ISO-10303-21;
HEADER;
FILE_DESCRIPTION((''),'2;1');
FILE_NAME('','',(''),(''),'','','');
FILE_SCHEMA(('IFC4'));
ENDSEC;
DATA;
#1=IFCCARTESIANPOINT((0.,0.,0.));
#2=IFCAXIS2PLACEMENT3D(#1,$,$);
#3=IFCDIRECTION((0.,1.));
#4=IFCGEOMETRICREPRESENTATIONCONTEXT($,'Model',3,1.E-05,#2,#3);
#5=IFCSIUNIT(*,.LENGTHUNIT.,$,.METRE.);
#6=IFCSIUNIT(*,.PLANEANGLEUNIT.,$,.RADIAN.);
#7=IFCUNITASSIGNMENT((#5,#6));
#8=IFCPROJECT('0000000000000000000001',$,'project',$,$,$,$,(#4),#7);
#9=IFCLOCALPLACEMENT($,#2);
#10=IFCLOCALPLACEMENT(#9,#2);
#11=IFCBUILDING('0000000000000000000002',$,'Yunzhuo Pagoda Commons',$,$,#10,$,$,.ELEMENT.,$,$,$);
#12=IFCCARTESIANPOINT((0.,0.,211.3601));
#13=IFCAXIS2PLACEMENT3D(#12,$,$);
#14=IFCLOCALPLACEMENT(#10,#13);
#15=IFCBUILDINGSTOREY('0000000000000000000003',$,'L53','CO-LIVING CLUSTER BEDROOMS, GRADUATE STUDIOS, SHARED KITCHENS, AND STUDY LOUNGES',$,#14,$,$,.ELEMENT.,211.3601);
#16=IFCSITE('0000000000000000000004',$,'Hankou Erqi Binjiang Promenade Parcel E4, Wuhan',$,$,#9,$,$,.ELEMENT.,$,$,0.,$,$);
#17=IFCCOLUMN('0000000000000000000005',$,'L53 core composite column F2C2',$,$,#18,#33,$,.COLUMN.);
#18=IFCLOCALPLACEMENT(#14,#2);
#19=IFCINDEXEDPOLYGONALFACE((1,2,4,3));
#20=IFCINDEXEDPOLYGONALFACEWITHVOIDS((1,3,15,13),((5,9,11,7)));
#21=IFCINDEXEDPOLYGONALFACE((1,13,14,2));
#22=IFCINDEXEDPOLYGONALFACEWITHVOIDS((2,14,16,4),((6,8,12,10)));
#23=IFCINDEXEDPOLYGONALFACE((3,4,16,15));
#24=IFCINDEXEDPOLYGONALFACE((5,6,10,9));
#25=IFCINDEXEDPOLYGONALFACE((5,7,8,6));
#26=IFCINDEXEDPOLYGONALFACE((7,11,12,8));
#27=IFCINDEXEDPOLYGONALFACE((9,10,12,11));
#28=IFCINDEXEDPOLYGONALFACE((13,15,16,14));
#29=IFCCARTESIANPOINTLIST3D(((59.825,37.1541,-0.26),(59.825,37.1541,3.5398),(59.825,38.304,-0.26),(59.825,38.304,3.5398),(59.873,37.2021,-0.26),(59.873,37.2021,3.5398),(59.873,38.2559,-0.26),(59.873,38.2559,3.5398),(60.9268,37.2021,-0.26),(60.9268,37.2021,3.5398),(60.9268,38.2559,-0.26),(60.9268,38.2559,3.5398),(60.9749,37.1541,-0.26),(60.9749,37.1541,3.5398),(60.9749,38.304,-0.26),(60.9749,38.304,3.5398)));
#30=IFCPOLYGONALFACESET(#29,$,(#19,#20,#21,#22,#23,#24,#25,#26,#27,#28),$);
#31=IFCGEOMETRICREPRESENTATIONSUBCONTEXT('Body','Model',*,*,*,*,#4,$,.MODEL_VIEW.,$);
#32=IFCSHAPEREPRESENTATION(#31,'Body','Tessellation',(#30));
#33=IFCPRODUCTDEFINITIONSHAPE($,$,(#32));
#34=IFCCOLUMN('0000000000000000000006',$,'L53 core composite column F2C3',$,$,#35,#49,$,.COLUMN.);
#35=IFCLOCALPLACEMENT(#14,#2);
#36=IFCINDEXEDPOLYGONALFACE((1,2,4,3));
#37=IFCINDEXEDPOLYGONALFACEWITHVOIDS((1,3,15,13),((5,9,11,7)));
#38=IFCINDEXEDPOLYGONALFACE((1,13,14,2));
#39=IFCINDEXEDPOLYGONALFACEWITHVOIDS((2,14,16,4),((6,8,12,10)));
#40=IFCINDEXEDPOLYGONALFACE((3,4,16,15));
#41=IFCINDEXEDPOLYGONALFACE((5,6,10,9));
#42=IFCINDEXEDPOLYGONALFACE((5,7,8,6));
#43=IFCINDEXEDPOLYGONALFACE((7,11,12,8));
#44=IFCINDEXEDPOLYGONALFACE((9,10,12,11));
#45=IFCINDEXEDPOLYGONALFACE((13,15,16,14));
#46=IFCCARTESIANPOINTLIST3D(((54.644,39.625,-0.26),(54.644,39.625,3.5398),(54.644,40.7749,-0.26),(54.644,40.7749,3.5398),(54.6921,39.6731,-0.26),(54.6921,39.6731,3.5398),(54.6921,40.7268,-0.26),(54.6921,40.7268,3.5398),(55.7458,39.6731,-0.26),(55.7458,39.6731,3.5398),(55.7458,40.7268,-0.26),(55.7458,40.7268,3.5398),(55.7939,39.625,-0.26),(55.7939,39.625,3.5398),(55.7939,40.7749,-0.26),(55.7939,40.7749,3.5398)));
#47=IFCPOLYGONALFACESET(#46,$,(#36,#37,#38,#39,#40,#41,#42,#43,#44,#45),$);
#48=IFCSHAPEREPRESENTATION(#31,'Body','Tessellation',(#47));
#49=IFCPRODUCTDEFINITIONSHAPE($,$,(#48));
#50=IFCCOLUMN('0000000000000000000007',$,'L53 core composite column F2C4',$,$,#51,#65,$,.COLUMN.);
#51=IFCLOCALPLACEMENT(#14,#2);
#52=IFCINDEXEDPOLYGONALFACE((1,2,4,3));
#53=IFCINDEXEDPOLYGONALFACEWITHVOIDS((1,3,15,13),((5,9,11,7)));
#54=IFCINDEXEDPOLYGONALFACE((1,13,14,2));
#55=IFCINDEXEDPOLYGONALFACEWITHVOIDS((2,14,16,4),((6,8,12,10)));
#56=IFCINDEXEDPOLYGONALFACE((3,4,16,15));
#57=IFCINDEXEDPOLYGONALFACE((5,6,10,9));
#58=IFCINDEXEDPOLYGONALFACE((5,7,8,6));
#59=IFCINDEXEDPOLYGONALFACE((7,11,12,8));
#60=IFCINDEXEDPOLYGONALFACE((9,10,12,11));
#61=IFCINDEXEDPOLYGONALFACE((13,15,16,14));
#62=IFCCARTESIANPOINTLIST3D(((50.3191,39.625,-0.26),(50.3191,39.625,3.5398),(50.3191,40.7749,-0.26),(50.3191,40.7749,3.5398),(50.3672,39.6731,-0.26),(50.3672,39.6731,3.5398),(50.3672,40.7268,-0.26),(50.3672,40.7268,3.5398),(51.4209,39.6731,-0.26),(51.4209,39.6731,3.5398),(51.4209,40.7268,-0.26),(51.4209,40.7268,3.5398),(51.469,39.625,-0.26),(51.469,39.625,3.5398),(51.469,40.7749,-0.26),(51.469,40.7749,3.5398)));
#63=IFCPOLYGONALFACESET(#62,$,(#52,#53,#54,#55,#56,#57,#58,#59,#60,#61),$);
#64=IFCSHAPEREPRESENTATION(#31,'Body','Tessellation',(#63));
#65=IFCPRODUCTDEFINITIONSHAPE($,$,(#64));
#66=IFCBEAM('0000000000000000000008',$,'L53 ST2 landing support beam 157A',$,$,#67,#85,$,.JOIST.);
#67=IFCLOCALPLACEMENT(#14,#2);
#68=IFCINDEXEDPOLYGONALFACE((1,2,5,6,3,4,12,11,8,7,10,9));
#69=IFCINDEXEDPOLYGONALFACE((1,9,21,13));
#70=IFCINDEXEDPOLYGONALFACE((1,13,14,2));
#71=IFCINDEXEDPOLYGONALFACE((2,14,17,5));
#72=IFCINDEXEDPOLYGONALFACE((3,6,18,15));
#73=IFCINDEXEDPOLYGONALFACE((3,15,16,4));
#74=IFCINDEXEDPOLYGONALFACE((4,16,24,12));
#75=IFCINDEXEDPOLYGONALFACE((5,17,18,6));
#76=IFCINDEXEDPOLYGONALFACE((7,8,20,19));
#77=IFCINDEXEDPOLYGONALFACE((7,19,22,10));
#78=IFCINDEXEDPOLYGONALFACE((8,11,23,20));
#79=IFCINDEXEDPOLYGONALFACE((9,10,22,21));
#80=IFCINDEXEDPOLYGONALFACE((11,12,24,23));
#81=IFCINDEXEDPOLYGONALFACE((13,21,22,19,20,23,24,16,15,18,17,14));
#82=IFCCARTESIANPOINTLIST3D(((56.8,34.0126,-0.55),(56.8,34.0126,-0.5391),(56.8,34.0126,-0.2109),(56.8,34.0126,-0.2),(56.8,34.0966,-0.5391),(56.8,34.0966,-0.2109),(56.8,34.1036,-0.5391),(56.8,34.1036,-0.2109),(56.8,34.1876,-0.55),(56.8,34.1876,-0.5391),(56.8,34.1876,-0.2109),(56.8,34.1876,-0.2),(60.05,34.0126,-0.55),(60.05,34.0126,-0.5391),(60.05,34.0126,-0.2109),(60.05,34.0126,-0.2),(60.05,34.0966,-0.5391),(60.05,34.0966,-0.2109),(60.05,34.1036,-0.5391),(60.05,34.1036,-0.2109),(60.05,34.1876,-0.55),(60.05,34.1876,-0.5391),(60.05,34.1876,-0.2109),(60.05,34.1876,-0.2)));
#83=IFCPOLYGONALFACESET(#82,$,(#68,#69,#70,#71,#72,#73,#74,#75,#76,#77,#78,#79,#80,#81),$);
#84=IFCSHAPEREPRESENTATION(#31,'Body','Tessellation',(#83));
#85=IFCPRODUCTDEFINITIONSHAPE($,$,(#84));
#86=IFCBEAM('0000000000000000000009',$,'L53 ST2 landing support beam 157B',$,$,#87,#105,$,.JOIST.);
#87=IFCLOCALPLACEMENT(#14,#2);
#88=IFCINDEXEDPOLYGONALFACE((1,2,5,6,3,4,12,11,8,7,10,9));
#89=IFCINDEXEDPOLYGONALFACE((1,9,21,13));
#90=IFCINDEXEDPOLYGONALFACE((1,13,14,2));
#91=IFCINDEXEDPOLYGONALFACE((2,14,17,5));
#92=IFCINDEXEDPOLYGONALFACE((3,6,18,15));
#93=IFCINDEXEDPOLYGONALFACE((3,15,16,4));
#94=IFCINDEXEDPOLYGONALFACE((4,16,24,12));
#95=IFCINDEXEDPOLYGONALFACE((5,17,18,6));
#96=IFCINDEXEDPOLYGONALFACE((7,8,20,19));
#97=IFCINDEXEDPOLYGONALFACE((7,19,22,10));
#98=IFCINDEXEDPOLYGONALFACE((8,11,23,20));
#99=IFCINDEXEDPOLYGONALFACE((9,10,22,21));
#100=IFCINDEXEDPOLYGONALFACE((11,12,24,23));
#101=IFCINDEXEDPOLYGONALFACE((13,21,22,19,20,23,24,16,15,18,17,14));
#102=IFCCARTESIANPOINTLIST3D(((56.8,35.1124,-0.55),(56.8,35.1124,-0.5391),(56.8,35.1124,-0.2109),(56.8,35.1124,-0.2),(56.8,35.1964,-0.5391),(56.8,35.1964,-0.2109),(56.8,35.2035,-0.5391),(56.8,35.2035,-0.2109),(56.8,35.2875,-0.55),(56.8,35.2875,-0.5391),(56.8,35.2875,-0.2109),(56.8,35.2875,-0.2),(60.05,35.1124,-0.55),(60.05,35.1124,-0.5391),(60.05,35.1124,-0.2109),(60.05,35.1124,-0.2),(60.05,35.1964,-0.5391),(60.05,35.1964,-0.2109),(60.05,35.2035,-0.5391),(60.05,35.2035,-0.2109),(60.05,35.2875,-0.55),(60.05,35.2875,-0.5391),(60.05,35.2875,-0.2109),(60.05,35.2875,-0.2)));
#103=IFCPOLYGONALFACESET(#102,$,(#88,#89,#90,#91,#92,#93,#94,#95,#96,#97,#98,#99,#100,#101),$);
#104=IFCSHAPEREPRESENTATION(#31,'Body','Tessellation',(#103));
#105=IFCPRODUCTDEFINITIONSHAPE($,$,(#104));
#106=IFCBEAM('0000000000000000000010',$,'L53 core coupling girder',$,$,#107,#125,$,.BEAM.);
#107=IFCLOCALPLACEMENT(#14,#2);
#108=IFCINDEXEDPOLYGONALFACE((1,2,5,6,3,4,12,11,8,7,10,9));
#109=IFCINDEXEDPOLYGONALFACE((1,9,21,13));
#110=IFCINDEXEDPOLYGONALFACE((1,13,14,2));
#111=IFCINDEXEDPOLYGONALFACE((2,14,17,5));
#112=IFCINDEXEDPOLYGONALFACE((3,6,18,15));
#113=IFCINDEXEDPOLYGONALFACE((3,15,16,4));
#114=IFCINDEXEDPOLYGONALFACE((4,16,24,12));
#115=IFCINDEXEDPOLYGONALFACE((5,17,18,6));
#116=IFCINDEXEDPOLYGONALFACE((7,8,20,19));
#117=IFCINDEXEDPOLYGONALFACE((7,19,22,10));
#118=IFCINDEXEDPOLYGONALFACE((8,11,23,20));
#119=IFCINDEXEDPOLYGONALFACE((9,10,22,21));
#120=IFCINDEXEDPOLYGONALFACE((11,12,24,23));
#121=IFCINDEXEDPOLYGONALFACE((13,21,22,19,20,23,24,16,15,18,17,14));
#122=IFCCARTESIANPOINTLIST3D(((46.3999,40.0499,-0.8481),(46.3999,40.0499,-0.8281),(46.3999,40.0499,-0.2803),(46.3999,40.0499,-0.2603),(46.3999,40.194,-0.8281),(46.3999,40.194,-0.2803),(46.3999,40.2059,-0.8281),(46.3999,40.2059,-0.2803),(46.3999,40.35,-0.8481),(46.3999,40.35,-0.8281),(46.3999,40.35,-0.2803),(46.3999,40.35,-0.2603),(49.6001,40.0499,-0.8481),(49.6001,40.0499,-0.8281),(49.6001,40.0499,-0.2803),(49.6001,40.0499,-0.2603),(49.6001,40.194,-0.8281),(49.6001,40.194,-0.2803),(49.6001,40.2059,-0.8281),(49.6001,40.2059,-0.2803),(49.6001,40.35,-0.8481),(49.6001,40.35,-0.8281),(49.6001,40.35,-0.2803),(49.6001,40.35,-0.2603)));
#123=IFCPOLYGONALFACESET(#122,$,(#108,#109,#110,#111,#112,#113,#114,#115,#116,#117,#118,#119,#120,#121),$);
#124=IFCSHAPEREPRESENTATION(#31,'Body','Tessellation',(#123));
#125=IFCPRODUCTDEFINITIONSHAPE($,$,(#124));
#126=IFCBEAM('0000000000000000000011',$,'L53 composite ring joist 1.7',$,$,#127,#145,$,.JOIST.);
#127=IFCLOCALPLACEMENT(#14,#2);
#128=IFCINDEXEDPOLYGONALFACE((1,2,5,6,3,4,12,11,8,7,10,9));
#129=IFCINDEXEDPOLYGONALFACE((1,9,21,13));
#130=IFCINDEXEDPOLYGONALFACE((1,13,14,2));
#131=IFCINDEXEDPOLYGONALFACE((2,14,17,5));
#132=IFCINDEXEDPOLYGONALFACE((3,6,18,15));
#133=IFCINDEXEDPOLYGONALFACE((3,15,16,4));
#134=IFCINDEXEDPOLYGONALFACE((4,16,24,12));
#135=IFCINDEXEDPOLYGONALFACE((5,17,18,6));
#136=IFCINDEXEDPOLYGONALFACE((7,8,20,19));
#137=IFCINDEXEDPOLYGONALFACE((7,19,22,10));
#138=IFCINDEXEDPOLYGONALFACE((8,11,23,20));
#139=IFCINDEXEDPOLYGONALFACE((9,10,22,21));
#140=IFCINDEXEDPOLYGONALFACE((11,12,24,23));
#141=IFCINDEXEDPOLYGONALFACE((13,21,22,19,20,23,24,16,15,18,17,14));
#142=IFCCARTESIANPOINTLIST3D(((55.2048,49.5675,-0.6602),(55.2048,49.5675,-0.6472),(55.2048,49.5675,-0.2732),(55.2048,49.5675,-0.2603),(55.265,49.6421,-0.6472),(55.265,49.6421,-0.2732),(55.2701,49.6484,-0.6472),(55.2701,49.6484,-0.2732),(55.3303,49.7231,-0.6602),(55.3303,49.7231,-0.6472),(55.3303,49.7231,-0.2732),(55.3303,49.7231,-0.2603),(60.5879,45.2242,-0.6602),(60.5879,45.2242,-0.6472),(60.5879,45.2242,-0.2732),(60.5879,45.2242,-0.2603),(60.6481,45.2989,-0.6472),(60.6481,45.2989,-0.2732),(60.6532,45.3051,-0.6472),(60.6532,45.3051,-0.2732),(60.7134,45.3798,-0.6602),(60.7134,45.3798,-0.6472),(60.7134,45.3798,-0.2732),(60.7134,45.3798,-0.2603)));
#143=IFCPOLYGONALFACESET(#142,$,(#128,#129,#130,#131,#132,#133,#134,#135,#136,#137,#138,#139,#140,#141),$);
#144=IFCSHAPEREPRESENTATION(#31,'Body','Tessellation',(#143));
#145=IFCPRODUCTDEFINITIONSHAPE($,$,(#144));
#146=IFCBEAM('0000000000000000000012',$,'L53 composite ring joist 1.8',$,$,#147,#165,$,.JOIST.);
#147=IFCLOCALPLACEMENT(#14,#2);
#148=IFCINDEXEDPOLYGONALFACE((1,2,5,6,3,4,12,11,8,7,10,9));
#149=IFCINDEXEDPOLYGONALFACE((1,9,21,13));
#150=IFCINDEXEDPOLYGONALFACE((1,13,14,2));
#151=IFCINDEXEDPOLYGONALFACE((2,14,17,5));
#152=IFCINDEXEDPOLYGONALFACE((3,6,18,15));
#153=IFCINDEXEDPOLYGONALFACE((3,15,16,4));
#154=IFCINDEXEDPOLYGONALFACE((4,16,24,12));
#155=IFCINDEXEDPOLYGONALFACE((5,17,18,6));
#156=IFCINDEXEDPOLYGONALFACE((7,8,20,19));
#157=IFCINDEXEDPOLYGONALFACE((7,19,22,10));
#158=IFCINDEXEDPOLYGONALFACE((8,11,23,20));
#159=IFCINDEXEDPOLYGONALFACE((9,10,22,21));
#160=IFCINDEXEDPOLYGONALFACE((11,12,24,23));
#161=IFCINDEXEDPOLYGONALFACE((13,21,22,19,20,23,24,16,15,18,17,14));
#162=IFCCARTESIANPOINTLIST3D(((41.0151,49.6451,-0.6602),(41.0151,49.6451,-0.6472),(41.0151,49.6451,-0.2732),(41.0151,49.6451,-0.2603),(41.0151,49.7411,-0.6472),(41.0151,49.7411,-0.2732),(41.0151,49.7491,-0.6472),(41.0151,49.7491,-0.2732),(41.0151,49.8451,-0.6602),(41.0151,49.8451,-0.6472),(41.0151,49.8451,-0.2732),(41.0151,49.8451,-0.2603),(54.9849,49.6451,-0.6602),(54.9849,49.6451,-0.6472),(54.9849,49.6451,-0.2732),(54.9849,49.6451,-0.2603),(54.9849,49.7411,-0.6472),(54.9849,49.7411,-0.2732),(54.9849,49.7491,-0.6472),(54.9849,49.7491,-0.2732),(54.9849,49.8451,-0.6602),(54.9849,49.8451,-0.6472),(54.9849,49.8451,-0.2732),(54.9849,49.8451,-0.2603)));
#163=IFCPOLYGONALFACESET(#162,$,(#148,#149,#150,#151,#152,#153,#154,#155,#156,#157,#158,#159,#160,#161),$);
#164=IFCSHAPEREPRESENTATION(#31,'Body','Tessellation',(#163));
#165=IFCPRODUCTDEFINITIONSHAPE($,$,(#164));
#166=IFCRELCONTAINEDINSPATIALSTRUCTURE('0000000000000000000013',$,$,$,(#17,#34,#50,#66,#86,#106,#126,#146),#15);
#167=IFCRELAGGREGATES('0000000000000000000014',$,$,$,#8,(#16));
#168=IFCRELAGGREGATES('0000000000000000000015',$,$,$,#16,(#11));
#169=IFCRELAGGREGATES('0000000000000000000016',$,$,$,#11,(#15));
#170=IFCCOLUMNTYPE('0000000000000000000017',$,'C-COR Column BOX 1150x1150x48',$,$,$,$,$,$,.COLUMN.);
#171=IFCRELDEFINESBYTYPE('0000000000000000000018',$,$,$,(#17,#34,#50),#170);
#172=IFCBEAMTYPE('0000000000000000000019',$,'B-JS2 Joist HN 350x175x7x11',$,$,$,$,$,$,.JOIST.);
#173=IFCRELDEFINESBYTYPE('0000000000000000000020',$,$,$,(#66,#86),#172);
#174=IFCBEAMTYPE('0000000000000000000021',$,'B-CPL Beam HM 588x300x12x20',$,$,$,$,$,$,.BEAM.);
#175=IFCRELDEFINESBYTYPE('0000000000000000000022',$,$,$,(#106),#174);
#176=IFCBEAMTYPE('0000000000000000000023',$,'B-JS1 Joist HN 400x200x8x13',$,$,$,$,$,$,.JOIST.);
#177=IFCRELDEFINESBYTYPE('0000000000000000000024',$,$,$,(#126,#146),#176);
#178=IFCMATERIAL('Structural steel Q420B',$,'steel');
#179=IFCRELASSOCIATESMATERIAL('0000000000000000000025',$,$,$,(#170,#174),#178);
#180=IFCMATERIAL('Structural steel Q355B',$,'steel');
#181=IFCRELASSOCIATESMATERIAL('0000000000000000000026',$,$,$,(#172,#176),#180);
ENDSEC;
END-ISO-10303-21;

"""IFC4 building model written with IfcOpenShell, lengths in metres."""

from ifc_helpers import new_model, si_unit, direction, frame, origin, origin_2d, place, context, subcontext, project, spatial, hollow_rectangle, i_section, extrude, source, transform, mapped, material, material_profile, profile_set, type_object, element, save


model = new_model("IFC4")

# Units and contexts
model_context = context("Model", 3, precision=1e-05, world=origin(), true_north=direction((0.0, 1.0)))
body_context = subcontext(model_context, "Body", "Model", "MODEL_VIEW")
ifc_project = project(units=[si_unit("LENGTHUNIT", "METRE"), si_unit("PLANEANGLEUNIT", "RADIAN")], contexts=[model_context])

# Site, building, storey
site_placement = place(None, origin())
site = spatial("IfcSite", under=ifc_project, at=site_placement, Name="Hankou Erqi Binjiang Promenade Parcel E4, Wuhan", CompositionType="ELEMENT", RefElevation=0.0)
building_placement = place(site_placement, origin())
building = spatial("IfcBuilding", under=site, at=building_placement, Name="Yunzhuo Pagoda Commons", CompositionType="ELEMENT")
storey_placement = place(building_placement, frame((0.0, 0.0, 211.3601)))
storey = spatial("IfcBuildingStorey", under=building, at=storey_placement, Name="L53", Description="CO-LIVING CLUSTER BEDROOMS, GRADUATE STUDIOS, SHARED KITCHENS, AND STUDY LOUNGES", CompositionType="ELEMENT", Elevation=211.3601)

# Columns
ifc_material_1 = material(Name="Structural steel Q420B", Category="steel")
ifc_material_profile_1 = material_profile(ifc_material_1, hollow_rectangle(XDim=1.1499, YDim=1.1499, WallThickness=0.0481, at=origin_2d()), Name="Structural steel Q420B")
ifc_profile_set_1 = profile_set([ifc_material_profile_1], Name="Structural steel Q420B")
column_type = type_object("IfcColumnType", Name="C-COR Column BOX 1150x1150x48", PredefinedType="COLUMN", material=ifc_profile_set_1)
shared_shape_1 = source(origin(), body_context, "Body", "SweptSolid", [
    extrude(hollow_rectangle(XDim=1.1499, YDim=1.1499, WallThickness=0.0481, at=origin_2d()), origin(), (0.0, 0.0, 1.0), 3.7998),
])
for number, where, z_axis, x_axis, name in (
    (1, (60.3999, 37.729, -0.26), (0.0, 0.0, 1.0), (1.0, 0.0, 0.0), "L53 core composite column F2C2"),
    (2, (55.219, 40.2, -0.26), (0.0, 0.0, 1.0), (1.0, 0.0, 0.0), "L53 core composite column F2C3"),
    (3, (50.894, 40.2, -0.26), (0.0, 0.0, 1.0), (1.0, 0.0, 0.0), "L53 core composite column F2C4"),
):
    element("IfcColumn", number, at=place(storey_placement, frame(where, z_axis=z_axis, x_axis=x_axis)), inside=storey, type_object=column_type, Name=name, PredefinedType="COLUMN", context=body_context, shape_type="MappedRepresentation", body=[
        mapped(shared_shape_1, transform((0.0, 0.0, 0.0), scale=1.0)),
    ])

# Beams
ifc_material_2 = material(Name="Structural steel Q355B", Category="steel")
ifc_material_profile_2 = material_profile(ifc_material_2, i_section(OverallWidth=0.175, OverallDepth=0.3501, WebThickness=0.0071, FlangeThickness=0.011, at=origin_2d()), Name="Structural steel Q355B")
ifc_profile_set_2 = profile_set([ifc_material_profile_2], Name="Structural steel Q355B")
beam_type_1 = type_object("IfcBeamType", Name="B-JS2 Joist HN 350x175x7x11", PredefinedType="JOIST", material=ifc_profile_set_2)
shared_shape_2 = source(origin(), body_context, "Body", "SweptSolid", [
    extrude(i_section(OverallWidth=0.175, OverallDepth=0.3501, WebThickness=0.0071, FlangeThickness=0.011, at=origin_2d()), origin(), (0.0, 0.0, 1.0), 3.25),
])
for number, where, z_axis, x_axis, name in (
    (4, (56.8, 34.1001, -0.375), (1.0, 0.0, 0.0), (0.0, 1.0, 0.0), "L53 ST2 landing support beam 157A"),
    (5, (56.8, 35.2, -0.375), (1.0, 0.0, 0.0), (0.0, 1.0, 0.0), "L53 ST2 landing support beam 157B"),
):
    element("IfcBeam", number, at=place(storey_placement, frame(where, z_axis=z_axis, x_axis=x_axis)), inside=storey, type_object=beam_type_1, Name=name, PredefinedType="JOIST", context=body_context, shape_type="MappedRepresentation", body=[
        mapped(shared_shape_2, transform((0.0, 0.0, 0.0), scale=1.0)),
    ])
ifc_material_profile_3 = material_profile(ifc_material_1, i_section(OverallWidth=0.3, OverallDepth=0.5879, WebThickness=0.012, FlangeThickness=0.02, at=origin_2d()), Name="Structural steel Q420B")
ifc_profile_set_3 = profile_set([ifc_material_profile_3], Name="Structural steel Q420B")
beam_type_2 = type_object("IfcBeamType", Name="B-CPL Beam HM 588x300x12x20", PredefinedType="BEAM", material=ifc_profile_set_3)
shared_shape_3 = source(origin(), body_context, "Body", "SweptSolid", [
    extrude(i_section(OverallWidth=0.3, OverallDepth=0.5879, WebThickness=0.012, FlangeThickness=0.02, at=origin_2d()), origin(), (0.0, 0.0, 1.0), 3.2002),
])
beam_1_placement = place(storey_placement, frame((46.3999, 40.2, -0.5542), z_axis=(1.0, 0.0, 0.0), x_axis=(0.0, 1.0, 0.0)))
element("IfcBeam", 6, at=beam_1_placement, inside=storey, type_object=beam_type_2, Name="L53 core coupling girder", PredefinedType="BEAM", context=body_context, shape_type="MappedRepresentation", body=[
    mapped(shared_shape_3, transform((0.0, 0.0, 0.0), scale=1.0)),
])
ifc_material_profile_4 = material_profile(ifc_material_2, i_section(OverallWidth=0.2, OverallDepth=0.3999, WebThickness=0.0081, FlangeThickness=0.0129, at=origin_2d()), Name="Structural steel Q355B")
ifc_profile_set_4 = profile_set([ifc_material_profile_4], Name="Structural steel Q355B")
beam_type_3 = type_object("IfcBeamType", Name="B-JS1 Joist HN 400x200x8x13", PredefinedType="JOIST", material=ifc_profile_set_4)
shared_shape_4 = source(origin(), body_context, "Body", "SweptSolid", [
    extrude(i_section(OverallWidth=0.2, OverallDepth=0.3999, WebThickness=0.0081, FlangeThickness=0.0129, at=origin_2d()), origin(), (0.0, 0.0, 1.0), 6.9167),
])
beam_2_placement = place(storey_placement, frame((60.6506, 45.302, -0.4602), z_axis=(-0.778266, 0.627935, 0.0), x_axis=(-0.627935, -0.778266, 0.0)))
element("IfcBeam", 7, at=beam_2_placement, inside=storey, type_object=beam_type_3, Name="L53 composite ring joist 1.7", PredefinedType="JOIST", context=body_context, shape_type="MappedRepresentation", body=[
    mapped(shared_shape_4, transform((0.0, 0.0, 0.0), scale=1.0)),
])
shared_shape_5 = source(origin(), body_context, "Body", "SweptSolid", [
    extrude(i_section(OverallWidth=0.2, OverallDepth=0.3999, WebThickness=0.0081, FlangeThickness=0.0129, at=origin_2d()), origin(), (0.0, 0.0, 1.0), 13.9697),
])
beam_3_placement = place(storey_placement, frame((54.9849, 49.7451, -0.4602), z_axis=(-1.0, 0.0, 0.0), x_axis=(0.0, -1.0, 0.0)))
element("IfcBeam", 8, at=beam_3_placement, inside=storey, type_object=beam_type_3, Name="L53 composite ring joist 1.8", PredefinedType="JOIST", context=body_context, shape_type="MappedRepresentation", body=[
    mapped(shared_shape_5, transform((0.0, 0.0, 0.0), scale=1.0)),
])

save(model, "model.ifc")
